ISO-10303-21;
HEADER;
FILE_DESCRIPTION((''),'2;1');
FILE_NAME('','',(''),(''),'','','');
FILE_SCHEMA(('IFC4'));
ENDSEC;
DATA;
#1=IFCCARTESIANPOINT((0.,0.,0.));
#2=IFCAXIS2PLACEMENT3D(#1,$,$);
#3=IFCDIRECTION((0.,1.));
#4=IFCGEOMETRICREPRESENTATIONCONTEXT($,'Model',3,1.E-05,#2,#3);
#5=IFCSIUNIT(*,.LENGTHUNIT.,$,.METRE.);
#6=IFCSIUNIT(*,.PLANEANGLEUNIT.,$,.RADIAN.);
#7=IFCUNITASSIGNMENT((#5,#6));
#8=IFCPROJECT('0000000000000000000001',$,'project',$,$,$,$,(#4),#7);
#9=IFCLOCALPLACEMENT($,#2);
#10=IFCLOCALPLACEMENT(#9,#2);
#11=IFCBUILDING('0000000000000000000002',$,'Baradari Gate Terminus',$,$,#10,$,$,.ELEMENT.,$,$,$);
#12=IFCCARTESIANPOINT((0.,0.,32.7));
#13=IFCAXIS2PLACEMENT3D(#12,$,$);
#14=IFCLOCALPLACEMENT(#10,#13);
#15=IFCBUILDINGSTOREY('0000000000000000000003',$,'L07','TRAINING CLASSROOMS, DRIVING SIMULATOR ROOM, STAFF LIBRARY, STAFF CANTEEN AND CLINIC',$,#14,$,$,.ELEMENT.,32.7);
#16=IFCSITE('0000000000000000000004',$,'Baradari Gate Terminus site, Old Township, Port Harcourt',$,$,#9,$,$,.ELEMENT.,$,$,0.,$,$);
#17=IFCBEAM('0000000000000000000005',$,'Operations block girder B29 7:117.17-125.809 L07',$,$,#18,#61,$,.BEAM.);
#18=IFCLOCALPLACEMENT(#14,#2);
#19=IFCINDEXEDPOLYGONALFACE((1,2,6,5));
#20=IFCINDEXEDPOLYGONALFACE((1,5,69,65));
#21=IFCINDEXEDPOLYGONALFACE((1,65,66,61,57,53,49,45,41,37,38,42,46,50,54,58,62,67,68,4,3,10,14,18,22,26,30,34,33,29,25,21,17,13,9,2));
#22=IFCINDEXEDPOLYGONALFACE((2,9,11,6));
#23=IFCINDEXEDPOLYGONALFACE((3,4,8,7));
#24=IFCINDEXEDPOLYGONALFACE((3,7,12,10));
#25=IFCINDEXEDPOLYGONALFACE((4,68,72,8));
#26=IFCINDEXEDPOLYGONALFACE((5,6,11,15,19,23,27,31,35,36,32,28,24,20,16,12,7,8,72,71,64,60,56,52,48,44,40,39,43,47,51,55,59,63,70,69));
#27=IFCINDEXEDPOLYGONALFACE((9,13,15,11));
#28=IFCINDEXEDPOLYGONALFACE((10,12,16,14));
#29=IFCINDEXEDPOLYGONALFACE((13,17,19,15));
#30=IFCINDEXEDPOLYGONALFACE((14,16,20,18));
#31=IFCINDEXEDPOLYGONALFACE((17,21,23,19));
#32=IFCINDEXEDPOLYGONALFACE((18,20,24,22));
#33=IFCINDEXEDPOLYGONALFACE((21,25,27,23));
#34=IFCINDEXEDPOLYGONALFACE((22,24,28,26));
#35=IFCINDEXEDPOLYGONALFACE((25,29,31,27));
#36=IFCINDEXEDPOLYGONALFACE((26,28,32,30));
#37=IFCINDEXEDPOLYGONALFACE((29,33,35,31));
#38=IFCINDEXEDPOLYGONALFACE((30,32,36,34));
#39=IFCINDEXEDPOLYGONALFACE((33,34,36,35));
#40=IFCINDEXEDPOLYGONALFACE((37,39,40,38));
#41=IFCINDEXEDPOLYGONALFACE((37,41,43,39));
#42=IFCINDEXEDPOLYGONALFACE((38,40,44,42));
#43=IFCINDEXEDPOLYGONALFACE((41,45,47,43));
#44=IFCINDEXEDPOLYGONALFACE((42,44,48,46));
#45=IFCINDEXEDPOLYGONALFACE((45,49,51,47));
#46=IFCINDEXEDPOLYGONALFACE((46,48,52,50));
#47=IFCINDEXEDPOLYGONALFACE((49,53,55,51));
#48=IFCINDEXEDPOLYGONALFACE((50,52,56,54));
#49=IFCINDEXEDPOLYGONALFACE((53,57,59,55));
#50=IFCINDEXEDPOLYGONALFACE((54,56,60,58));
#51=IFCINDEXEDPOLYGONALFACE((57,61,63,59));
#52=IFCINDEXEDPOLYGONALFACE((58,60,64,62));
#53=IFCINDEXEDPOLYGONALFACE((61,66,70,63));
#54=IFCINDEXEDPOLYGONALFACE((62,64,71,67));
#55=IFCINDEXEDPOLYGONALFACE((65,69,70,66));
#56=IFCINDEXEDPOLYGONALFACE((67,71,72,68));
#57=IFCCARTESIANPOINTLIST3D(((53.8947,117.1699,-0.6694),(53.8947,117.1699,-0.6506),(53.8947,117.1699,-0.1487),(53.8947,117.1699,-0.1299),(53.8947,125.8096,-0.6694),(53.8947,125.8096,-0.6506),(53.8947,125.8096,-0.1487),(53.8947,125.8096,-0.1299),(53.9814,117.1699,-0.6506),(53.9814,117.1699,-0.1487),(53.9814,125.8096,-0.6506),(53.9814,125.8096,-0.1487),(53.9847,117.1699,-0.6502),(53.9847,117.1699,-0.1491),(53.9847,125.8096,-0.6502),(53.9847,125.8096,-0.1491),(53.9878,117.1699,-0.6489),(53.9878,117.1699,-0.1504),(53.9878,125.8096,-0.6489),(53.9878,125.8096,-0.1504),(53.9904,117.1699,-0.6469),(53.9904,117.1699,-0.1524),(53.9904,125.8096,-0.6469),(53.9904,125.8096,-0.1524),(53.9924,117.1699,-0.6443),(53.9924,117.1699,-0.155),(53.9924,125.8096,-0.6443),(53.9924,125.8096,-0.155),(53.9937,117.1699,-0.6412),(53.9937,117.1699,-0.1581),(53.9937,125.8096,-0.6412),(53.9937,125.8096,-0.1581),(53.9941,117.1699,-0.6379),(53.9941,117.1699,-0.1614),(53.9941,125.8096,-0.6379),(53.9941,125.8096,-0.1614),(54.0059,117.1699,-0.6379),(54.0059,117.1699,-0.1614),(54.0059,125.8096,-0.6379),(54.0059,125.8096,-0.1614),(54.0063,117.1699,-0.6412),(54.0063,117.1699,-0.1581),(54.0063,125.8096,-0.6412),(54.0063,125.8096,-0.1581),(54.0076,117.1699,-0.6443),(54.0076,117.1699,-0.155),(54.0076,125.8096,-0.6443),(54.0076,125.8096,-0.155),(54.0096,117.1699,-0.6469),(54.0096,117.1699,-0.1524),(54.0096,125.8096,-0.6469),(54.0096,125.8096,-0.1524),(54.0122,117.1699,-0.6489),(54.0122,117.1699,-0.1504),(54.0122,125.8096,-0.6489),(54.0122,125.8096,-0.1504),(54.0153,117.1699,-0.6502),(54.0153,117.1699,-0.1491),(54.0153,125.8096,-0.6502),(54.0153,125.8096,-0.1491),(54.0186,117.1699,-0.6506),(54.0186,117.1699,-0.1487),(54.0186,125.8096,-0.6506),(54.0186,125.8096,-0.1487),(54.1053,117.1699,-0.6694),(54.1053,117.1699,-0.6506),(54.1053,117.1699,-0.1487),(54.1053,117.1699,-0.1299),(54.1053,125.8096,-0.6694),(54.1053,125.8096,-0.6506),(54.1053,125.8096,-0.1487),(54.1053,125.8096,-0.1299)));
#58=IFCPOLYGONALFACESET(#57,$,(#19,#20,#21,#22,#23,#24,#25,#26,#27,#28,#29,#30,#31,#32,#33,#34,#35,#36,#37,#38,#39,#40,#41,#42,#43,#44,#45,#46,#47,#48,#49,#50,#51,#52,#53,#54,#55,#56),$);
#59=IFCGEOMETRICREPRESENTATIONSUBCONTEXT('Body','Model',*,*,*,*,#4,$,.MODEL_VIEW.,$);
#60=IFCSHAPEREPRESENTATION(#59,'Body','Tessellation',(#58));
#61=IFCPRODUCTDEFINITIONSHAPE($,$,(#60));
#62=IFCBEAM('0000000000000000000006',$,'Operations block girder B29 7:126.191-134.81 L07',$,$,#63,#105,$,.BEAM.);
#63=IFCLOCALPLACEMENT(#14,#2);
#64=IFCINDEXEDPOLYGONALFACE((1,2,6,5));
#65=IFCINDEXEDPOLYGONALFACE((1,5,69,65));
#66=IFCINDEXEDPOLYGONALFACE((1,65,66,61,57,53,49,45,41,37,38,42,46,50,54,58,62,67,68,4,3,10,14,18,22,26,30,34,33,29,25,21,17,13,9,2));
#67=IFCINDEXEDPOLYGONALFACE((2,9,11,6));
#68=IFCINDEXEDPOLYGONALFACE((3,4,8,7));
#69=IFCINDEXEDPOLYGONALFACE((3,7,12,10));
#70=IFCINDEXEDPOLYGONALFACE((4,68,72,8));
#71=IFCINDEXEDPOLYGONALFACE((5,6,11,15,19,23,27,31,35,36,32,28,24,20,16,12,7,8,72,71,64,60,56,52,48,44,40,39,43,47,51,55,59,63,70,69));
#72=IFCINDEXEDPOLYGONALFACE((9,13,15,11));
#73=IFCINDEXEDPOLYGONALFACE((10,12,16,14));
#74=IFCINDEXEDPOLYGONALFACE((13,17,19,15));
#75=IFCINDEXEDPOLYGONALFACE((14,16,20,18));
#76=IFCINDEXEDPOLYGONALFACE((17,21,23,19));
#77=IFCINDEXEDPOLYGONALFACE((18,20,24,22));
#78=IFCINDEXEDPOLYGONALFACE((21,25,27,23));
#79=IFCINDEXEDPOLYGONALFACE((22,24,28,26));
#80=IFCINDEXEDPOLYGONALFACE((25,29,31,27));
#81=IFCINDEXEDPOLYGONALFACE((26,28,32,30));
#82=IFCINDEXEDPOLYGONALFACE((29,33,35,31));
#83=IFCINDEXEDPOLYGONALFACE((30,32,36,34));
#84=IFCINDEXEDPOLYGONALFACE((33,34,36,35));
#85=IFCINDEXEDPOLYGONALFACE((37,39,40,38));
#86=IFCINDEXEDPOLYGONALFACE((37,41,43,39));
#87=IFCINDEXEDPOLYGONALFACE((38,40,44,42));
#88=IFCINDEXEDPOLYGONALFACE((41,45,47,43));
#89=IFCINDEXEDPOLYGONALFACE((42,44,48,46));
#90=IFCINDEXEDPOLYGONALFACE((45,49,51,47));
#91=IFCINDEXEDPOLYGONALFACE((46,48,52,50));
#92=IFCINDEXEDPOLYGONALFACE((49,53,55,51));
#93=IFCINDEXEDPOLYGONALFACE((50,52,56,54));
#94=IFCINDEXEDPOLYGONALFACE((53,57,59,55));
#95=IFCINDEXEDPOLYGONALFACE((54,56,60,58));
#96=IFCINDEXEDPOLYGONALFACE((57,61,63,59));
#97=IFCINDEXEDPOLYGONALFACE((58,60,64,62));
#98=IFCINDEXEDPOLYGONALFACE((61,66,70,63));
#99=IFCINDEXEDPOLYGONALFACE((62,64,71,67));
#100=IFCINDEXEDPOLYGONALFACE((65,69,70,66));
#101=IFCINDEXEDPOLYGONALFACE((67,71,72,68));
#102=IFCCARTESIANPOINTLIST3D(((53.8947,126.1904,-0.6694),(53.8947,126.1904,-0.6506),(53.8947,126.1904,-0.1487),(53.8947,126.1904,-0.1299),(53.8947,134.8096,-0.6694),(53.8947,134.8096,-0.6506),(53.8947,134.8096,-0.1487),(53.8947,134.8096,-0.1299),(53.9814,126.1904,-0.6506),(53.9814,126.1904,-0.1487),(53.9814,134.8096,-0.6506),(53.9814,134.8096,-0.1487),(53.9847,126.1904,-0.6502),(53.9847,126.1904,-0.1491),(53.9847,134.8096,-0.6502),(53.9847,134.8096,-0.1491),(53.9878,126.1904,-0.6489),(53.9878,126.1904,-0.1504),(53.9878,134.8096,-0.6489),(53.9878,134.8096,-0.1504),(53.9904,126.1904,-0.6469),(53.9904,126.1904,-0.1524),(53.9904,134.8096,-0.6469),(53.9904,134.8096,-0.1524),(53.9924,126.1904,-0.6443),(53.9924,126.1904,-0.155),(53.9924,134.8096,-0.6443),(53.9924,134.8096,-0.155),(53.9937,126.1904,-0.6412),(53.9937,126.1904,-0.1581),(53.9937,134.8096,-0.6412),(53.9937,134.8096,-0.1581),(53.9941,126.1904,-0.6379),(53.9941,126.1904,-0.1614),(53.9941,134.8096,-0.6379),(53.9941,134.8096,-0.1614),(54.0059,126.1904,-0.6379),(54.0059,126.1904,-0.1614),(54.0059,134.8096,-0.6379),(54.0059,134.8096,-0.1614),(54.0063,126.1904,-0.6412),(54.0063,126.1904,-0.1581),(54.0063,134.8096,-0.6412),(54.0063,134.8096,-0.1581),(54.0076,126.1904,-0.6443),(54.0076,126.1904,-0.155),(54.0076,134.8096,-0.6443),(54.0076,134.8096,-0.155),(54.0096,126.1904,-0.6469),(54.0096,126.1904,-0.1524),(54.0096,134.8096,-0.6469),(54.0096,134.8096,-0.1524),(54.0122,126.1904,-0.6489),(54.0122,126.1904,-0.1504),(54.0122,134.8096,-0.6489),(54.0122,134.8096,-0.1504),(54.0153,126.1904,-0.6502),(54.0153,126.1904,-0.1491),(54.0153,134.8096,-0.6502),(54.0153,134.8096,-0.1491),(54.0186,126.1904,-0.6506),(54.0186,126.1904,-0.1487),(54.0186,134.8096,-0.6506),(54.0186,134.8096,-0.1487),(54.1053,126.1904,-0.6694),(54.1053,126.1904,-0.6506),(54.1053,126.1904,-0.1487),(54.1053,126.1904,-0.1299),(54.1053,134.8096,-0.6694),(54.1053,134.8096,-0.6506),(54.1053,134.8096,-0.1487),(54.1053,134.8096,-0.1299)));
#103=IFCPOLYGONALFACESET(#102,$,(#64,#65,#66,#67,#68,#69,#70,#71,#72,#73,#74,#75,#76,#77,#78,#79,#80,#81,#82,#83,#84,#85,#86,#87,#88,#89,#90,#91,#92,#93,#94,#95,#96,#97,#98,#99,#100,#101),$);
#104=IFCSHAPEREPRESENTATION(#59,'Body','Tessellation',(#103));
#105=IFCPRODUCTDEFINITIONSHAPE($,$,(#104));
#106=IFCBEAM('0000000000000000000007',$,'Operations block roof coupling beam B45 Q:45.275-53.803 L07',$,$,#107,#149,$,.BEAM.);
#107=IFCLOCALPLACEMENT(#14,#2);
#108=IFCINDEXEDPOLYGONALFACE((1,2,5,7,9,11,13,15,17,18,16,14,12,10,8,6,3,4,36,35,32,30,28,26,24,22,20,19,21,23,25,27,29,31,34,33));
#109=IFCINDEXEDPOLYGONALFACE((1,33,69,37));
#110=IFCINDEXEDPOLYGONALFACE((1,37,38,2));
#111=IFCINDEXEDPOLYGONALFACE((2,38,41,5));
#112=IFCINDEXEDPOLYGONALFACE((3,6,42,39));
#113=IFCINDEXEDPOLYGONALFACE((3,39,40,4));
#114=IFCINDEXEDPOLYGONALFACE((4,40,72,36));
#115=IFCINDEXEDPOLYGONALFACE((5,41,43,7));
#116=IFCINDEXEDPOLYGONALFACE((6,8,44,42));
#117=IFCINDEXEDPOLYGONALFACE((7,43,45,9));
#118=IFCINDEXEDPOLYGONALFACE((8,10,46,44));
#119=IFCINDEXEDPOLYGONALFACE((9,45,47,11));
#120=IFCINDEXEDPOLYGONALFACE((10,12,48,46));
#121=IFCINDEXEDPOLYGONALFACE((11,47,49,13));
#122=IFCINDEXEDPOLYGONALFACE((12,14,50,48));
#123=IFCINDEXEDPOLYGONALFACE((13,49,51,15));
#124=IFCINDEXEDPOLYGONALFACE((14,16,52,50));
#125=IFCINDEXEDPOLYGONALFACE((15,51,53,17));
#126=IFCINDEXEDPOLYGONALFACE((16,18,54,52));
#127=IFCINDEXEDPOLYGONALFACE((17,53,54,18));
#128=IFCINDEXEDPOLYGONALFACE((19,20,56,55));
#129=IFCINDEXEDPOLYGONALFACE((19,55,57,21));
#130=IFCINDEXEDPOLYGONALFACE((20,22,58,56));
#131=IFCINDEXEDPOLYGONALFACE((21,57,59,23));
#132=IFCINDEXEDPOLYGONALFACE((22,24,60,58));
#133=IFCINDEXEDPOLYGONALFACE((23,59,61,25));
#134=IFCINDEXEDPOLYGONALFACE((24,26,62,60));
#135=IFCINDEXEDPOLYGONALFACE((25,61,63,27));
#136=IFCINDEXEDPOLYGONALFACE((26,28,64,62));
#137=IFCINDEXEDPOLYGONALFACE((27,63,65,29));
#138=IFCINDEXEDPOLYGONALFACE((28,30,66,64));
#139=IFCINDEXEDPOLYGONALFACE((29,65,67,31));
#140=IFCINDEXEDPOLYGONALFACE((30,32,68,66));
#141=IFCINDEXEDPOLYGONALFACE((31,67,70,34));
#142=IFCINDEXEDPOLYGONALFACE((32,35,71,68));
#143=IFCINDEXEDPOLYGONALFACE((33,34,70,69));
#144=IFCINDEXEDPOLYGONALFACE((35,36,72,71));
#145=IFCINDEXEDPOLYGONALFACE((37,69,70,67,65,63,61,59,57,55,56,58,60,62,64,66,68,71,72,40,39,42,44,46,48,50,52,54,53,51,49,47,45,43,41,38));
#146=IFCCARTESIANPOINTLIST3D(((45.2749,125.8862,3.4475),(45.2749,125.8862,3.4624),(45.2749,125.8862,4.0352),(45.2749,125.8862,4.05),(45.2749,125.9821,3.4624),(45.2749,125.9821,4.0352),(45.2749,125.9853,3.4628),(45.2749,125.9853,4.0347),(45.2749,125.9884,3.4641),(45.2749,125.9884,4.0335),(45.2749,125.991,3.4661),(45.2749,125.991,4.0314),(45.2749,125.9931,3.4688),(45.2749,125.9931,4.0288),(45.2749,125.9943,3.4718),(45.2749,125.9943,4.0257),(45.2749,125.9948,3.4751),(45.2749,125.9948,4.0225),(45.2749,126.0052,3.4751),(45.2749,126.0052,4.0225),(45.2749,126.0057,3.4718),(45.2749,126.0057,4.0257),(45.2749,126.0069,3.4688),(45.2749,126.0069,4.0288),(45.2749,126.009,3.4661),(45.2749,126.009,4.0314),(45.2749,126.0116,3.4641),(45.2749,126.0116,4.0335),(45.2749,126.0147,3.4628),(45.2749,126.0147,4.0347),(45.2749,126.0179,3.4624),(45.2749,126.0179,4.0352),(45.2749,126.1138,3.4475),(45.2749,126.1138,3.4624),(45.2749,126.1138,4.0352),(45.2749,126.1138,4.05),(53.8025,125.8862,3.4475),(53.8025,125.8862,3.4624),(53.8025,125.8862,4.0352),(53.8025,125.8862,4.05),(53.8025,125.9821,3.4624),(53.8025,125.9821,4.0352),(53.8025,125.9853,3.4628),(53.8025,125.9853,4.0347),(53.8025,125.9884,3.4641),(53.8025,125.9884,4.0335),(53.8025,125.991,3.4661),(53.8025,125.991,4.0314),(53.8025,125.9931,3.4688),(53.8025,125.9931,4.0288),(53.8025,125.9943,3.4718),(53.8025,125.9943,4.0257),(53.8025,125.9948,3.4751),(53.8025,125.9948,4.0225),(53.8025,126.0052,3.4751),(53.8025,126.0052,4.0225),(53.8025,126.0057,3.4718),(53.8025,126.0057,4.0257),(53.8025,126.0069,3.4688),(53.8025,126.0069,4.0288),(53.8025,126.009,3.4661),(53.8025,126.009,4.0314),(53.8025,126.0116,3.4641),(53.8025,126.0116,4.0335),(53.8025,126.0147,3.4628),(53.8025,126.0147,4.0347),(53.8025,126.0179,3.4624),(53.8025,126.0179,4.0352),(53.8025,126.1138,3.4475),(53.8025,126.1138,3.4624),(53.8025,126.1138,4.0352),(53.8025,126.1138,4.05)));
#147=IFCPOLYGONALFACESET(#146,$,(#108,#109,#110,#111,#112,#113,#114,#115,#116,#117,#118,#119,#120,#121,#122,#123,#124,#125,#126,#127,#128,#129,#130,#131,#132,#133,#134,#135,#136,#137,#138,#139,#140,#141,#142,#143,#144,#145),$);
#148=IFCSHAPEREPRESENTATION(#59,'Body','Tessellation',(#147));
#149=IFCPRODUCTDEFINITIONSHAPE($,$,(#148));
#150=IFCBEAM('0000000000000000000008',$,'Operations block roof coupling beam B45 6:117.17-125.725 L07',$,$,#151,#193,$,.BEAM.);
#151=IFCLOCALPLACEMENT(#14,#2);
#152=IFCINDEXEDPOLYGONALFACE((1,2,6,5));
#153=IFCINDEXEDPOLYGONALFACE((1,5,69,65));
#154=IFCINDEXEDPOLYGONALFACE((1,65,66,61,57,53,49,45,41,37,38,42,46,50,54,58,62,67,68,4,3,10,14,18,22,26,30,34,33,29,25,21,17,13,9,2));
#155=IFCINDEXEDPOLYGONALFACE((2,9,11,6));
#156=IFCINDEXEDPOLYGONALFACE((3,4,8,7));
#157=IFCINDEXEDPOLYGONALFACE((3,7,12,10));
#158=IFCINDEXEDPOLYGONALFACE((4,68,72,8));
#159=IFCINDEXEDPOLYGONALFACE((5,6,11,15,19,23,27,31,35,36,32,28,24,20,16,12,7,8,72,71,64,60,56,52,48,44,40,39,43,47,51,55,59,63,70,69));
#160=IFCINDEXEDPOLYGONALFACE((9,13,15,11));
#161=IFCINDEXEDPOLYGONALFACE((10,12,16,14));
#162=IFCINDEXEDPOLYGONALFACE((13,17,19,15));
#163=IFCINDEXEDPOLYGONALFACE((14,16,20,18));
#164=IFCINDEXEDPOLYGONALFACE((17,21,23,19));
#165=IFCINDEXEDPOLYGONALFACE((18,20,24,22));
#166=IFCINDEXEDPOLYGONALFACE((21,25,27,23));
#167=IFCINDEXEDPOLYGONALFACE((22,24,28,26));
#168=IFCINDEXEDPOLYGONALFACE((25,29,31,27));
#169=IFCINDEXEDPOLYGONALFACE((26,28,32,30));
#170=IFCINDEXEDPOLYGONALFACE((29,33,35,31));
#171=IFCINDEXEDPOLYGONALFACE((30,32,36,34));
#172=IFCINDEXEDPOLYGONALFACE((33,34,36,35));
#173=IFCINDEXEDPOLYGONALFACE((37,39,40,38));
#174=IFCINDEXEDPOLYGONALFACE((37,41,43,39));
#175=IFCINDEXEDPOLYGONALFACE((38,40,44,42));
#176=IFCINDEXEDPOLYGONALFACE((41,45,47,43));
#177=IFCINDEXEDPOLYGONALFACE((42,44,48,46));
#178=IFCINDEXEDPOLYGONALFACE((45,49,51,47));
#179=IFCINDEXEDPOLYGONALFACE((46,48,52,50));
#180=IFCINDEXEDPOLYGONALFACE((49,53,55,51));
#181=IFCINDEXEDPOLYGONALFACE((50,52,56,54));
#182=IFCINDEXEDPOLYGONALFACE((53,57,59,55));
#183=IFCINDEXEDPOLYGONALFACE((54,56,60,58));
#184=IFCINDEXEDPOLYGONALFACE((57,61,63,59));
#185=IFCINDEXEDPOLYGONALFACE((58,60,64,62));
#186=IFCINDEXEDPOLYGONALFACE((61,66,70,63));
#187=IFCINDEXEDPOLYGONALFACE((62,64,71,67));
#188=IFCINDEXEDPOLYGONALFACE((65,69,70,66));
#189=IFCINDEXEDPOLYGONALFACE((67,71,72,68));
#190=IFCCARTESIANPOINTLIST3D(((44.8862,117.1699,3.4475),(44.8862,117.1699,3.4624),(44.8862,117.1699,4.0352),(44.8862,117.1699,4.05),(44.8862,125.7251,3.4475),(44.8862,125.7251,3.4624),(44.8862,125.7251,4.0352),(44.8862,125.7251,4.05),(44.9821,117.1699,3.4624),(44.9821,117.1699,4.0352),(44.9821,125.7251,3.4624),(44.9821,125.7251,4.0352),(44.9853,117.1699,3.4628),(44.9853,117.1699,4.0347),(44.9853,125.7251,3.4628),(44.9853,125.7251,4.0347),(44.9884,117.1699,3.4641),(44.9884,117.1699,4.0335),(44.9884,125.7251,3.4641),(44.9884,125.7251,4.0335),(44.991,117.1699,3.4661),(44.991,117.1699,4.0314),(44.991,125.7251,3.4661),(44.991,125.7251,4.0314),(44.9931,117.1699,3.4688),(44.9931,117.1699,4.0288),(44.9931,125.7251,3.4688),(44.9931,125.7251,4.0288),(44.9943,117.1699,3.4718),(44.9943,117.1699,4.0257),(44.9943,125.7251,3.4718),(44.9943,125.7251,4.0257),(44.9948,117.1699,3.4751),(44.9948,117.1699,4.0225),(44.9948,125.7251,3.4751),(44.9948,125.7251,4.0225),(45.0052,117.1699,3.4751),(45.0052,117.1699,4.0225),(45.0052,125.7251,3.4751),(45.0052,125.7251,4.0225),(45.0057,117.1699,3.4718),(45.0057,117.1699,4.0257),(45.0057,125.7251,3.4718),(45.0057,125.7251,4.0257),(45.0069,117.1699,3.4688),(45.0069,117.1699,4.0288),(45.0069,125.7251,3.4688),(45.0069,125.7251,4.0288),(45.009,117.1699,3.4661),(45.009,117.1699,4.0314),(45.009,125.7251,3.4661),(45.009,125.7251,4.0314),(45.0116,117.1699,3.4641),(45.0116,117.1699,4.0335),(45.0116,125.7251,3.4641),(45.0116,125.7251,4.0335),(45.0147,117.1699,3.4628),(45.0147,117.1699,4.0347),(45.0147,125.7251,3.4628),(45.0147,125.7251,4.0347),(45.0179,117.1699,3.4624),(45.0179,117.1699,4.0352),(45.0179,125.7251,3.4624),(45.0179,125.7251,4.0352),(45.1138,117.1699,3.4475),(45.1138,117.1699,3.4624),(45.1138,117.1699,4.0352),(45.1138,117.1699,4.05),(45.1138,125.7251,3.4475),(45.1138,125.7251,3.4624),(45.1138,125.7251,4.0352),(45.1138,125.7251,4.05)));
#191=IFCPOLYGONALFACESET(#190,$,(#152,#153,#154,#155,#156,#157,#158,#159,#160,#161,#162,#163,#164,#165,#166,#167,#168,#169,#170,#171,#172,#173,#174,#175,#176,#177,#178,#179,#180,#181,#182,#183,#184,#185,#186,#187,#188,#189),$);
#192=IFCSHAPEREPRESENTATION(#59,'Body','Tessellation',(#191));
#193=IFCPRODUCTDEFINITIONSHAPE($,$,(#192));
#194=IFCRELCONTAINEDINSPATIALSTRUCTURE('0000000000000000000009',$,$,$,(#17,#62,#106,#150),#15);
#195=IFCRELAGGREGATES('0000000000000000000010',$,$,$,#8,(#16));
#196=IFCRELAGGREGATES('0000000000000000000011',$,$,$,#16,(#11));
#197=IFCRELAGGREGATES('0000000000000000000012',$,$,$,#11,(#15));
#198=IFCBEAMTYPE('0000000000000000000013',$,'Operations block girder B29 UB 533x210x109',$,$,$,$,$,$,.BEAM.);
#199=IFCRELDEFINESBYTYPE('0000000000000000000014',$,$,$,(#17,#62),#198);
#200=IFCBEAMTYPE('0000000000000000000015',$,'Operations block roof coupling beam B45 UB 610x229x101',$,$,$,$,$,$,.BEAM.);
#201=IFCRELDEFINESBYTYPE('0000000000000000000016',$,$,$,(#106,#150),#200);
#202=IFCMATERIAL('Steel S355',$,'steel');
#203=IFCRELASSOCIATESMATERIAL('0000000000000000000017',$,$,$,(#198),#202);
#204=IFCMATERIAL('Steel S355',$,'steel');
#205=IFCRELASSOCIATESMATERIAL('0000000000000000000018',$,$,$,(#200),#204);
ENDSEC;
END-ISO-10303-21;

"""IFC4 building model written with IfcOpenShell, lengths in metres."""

from ifc_helpers import new_model, si_unit, direction, frame, origin, origin_2d, place, context, subcontext, project, spatial, i_section, extrude, material, material_profile, profile_set, type_object, element, save


model = new_model("IFC4")

# Units and contexts
model_context = context("Model", 3, precision=1e-05, world=origin(), true_north=direction((0.0, 1.0)))
body_context = subcontext(model_context, "Body", "Model", "MODEL_VIEW")
ifc_project = project(units=[si_unit("LENGTHUNIT", "METRE"), si_unit("PLANEANGLEUNIT", "RADIAN")], contexts=[model_context])

# Site, building, storey
site_placement = place(None, origin())
site = spatial("IfcSite", under=ifc_project, at=site_placement, Name="Baradari Gate Terminus site, Old Township, Port Harcourt", CompositionType="ELEMENT", RefElevation=0.0)
building_placement = place(site_placement, origin())
building = spatial("IfcBuilding", under=site, at=building_placement, Name="Baradari Gate Terminus", CompositionType="ELEMENT")
storey_placement = place(building_placement, frame((0.0, 0.0, 32.7)))
storey = spatial("IfcBuildingStorey", under=building, at=storey_placement, Name="L07", Description="TRAINING CLASSROOMS, DRIVING SIMULATOR ROOM, STAFF LIBRARY, STAFF CANTEEN AND CLINIC", CompositionType="ELEMENT", Elevation=32.7)

# Beams
ifc_material_1 = material(Name="Steel S355", Category="steel")
ifc_material_profile_1 = material_profile(ifc_material_1, i_section(OverallWidth=0.2107, OverallDepth=0.5396, WebThickness=0.0117, FlangeThickness=0.0188, FilletRadius=0.0127, at=origin_2d()), Name="UB 533x210x109")
ifc_profile_set_1 = profile_set([ifc_material_profile_1], Name="Steel S355")
beam_type_1 = type_object("IfcBeamType", Name="Operations block girder B29 UB 533x210x109", PredefinedType="BEAM", material=ifc_profile_set_1)
beam_1_placement = place(storey_placement, frame((54.0, 117.1699, -0.3997), z_axis=(0.0, 1.0, 0.0), x_axis=(-1.0, 0.0, 0.0)))
element("IfcBeam", 1, at=beam_1_placement, inside=storey, type_object=beam_type_1, Name="Operations block girder B29 7:117.17-125.809 L07", PredefinedType="BEAM", context=body_context, shape_type="SweptSolid", body=[
    extrude(i_section(OverallWidth=0.2107, OverallDepth=0.5396, WebThickness=0.0117, FlangeThickness=0.0188, FilletRadius=0.0127, at=origin_2d()), origin(), (0.0, 0.0, 1.0), 8.6396),
])
beam_2_placement = place(storey_placement, frame((54.0, 126.1904, -0.3997), z_axis=(0.0, 1.0, 0.0), x_axis=(-1.0, 0.0, 0.0)))
element("IfcBeam", 2, at=beam_2_placement, inside=storey, type_object=beam_type_1, Name="Operations block girder B29 7:126.191-134.81 L07", PredefinedType="BEAM", context=body_context, shape_type="SweptSolid", body=[
    extrude(i_section(OverallWidth=0.2107, OverallDepth=0.5396, WebThickness=0.0117, FlangeThickness=0.0188, FilletRadius=0.0127, at=origin_2d()), origin(), (0.0, 0.0, 1.0), 8.6191),
])
ifc_material_2 = material(Name="Steel S355", Category="steel")
ifc_material_profile_2 = material_profile(ifc_material_2, i_section(OverallWidth=0.2275, OverallDepth=0.6025, WebThickness=0.0105, FlangeThickness=0.0149, FilletRadius=0.0127, at=origin_2d()), Name="UB 610x229x101")
ifc_profile_set_2 = profile_set([ifc_material_profile_2], Name="Steel S355")
beam_type_2 = type_object("IfcBeamType", Name="Operations block roof coupling beam B45 UB 610x229x101", PredefinedType="BEAM", material=ifc_profile_set_2)
beam_3_placement = place(storey_placement, frame((45.2749, 126.0, 3.7488), z_axis=(1.0, 0.0, 0.0), x_axis=(0.0, 1.0, 0.0)))
element("IfcBeam", 3, at=beam_3_placement, inside=storey, type_object=beam_type_2, Name="Operations block roof coupling beam B45 Q:45.275-53.803 L07", PredefinedType="BEAM", context=body_context, shape_type="SweptSolid", body=[
    extrude(i_section(OverallWidth=0.2275, OverallDepth=0.6025, WebThickness=0.0105, FlangeThickness=0.0149, FilletRadius=0.0127, at=origin_2d()), origin(), (0.0, 0.0, 1.0), 8.5276),
])
beam_4_placement = place(storey_placement, frame((45.0, 117.1699, 3.7488), z_axis=(0.0, 1.0, 0.0), x_axis=(-1.0, 0.0, 0.0)))
element("IfcBeam", 4, at=beam_4_placement, inside=storey, type_object=beam_type_2, Name="Operations block roof coupling beam B45 6:117.17-125.725 L07", PredefinedType="BEAM", context=body_context, shape_type="SweptSolid", body=[
    extrude(i_section(OverallWidth=0.2275, OverallDepth=0.6025, WebThickness=0.0105, FlangeThickness=0.0149, FilletRadius=0.0127, at=origin_2d()), origin(), (0.0, 0.0, 1.0), 8.5552),
])

save(model, "model.ifc")
